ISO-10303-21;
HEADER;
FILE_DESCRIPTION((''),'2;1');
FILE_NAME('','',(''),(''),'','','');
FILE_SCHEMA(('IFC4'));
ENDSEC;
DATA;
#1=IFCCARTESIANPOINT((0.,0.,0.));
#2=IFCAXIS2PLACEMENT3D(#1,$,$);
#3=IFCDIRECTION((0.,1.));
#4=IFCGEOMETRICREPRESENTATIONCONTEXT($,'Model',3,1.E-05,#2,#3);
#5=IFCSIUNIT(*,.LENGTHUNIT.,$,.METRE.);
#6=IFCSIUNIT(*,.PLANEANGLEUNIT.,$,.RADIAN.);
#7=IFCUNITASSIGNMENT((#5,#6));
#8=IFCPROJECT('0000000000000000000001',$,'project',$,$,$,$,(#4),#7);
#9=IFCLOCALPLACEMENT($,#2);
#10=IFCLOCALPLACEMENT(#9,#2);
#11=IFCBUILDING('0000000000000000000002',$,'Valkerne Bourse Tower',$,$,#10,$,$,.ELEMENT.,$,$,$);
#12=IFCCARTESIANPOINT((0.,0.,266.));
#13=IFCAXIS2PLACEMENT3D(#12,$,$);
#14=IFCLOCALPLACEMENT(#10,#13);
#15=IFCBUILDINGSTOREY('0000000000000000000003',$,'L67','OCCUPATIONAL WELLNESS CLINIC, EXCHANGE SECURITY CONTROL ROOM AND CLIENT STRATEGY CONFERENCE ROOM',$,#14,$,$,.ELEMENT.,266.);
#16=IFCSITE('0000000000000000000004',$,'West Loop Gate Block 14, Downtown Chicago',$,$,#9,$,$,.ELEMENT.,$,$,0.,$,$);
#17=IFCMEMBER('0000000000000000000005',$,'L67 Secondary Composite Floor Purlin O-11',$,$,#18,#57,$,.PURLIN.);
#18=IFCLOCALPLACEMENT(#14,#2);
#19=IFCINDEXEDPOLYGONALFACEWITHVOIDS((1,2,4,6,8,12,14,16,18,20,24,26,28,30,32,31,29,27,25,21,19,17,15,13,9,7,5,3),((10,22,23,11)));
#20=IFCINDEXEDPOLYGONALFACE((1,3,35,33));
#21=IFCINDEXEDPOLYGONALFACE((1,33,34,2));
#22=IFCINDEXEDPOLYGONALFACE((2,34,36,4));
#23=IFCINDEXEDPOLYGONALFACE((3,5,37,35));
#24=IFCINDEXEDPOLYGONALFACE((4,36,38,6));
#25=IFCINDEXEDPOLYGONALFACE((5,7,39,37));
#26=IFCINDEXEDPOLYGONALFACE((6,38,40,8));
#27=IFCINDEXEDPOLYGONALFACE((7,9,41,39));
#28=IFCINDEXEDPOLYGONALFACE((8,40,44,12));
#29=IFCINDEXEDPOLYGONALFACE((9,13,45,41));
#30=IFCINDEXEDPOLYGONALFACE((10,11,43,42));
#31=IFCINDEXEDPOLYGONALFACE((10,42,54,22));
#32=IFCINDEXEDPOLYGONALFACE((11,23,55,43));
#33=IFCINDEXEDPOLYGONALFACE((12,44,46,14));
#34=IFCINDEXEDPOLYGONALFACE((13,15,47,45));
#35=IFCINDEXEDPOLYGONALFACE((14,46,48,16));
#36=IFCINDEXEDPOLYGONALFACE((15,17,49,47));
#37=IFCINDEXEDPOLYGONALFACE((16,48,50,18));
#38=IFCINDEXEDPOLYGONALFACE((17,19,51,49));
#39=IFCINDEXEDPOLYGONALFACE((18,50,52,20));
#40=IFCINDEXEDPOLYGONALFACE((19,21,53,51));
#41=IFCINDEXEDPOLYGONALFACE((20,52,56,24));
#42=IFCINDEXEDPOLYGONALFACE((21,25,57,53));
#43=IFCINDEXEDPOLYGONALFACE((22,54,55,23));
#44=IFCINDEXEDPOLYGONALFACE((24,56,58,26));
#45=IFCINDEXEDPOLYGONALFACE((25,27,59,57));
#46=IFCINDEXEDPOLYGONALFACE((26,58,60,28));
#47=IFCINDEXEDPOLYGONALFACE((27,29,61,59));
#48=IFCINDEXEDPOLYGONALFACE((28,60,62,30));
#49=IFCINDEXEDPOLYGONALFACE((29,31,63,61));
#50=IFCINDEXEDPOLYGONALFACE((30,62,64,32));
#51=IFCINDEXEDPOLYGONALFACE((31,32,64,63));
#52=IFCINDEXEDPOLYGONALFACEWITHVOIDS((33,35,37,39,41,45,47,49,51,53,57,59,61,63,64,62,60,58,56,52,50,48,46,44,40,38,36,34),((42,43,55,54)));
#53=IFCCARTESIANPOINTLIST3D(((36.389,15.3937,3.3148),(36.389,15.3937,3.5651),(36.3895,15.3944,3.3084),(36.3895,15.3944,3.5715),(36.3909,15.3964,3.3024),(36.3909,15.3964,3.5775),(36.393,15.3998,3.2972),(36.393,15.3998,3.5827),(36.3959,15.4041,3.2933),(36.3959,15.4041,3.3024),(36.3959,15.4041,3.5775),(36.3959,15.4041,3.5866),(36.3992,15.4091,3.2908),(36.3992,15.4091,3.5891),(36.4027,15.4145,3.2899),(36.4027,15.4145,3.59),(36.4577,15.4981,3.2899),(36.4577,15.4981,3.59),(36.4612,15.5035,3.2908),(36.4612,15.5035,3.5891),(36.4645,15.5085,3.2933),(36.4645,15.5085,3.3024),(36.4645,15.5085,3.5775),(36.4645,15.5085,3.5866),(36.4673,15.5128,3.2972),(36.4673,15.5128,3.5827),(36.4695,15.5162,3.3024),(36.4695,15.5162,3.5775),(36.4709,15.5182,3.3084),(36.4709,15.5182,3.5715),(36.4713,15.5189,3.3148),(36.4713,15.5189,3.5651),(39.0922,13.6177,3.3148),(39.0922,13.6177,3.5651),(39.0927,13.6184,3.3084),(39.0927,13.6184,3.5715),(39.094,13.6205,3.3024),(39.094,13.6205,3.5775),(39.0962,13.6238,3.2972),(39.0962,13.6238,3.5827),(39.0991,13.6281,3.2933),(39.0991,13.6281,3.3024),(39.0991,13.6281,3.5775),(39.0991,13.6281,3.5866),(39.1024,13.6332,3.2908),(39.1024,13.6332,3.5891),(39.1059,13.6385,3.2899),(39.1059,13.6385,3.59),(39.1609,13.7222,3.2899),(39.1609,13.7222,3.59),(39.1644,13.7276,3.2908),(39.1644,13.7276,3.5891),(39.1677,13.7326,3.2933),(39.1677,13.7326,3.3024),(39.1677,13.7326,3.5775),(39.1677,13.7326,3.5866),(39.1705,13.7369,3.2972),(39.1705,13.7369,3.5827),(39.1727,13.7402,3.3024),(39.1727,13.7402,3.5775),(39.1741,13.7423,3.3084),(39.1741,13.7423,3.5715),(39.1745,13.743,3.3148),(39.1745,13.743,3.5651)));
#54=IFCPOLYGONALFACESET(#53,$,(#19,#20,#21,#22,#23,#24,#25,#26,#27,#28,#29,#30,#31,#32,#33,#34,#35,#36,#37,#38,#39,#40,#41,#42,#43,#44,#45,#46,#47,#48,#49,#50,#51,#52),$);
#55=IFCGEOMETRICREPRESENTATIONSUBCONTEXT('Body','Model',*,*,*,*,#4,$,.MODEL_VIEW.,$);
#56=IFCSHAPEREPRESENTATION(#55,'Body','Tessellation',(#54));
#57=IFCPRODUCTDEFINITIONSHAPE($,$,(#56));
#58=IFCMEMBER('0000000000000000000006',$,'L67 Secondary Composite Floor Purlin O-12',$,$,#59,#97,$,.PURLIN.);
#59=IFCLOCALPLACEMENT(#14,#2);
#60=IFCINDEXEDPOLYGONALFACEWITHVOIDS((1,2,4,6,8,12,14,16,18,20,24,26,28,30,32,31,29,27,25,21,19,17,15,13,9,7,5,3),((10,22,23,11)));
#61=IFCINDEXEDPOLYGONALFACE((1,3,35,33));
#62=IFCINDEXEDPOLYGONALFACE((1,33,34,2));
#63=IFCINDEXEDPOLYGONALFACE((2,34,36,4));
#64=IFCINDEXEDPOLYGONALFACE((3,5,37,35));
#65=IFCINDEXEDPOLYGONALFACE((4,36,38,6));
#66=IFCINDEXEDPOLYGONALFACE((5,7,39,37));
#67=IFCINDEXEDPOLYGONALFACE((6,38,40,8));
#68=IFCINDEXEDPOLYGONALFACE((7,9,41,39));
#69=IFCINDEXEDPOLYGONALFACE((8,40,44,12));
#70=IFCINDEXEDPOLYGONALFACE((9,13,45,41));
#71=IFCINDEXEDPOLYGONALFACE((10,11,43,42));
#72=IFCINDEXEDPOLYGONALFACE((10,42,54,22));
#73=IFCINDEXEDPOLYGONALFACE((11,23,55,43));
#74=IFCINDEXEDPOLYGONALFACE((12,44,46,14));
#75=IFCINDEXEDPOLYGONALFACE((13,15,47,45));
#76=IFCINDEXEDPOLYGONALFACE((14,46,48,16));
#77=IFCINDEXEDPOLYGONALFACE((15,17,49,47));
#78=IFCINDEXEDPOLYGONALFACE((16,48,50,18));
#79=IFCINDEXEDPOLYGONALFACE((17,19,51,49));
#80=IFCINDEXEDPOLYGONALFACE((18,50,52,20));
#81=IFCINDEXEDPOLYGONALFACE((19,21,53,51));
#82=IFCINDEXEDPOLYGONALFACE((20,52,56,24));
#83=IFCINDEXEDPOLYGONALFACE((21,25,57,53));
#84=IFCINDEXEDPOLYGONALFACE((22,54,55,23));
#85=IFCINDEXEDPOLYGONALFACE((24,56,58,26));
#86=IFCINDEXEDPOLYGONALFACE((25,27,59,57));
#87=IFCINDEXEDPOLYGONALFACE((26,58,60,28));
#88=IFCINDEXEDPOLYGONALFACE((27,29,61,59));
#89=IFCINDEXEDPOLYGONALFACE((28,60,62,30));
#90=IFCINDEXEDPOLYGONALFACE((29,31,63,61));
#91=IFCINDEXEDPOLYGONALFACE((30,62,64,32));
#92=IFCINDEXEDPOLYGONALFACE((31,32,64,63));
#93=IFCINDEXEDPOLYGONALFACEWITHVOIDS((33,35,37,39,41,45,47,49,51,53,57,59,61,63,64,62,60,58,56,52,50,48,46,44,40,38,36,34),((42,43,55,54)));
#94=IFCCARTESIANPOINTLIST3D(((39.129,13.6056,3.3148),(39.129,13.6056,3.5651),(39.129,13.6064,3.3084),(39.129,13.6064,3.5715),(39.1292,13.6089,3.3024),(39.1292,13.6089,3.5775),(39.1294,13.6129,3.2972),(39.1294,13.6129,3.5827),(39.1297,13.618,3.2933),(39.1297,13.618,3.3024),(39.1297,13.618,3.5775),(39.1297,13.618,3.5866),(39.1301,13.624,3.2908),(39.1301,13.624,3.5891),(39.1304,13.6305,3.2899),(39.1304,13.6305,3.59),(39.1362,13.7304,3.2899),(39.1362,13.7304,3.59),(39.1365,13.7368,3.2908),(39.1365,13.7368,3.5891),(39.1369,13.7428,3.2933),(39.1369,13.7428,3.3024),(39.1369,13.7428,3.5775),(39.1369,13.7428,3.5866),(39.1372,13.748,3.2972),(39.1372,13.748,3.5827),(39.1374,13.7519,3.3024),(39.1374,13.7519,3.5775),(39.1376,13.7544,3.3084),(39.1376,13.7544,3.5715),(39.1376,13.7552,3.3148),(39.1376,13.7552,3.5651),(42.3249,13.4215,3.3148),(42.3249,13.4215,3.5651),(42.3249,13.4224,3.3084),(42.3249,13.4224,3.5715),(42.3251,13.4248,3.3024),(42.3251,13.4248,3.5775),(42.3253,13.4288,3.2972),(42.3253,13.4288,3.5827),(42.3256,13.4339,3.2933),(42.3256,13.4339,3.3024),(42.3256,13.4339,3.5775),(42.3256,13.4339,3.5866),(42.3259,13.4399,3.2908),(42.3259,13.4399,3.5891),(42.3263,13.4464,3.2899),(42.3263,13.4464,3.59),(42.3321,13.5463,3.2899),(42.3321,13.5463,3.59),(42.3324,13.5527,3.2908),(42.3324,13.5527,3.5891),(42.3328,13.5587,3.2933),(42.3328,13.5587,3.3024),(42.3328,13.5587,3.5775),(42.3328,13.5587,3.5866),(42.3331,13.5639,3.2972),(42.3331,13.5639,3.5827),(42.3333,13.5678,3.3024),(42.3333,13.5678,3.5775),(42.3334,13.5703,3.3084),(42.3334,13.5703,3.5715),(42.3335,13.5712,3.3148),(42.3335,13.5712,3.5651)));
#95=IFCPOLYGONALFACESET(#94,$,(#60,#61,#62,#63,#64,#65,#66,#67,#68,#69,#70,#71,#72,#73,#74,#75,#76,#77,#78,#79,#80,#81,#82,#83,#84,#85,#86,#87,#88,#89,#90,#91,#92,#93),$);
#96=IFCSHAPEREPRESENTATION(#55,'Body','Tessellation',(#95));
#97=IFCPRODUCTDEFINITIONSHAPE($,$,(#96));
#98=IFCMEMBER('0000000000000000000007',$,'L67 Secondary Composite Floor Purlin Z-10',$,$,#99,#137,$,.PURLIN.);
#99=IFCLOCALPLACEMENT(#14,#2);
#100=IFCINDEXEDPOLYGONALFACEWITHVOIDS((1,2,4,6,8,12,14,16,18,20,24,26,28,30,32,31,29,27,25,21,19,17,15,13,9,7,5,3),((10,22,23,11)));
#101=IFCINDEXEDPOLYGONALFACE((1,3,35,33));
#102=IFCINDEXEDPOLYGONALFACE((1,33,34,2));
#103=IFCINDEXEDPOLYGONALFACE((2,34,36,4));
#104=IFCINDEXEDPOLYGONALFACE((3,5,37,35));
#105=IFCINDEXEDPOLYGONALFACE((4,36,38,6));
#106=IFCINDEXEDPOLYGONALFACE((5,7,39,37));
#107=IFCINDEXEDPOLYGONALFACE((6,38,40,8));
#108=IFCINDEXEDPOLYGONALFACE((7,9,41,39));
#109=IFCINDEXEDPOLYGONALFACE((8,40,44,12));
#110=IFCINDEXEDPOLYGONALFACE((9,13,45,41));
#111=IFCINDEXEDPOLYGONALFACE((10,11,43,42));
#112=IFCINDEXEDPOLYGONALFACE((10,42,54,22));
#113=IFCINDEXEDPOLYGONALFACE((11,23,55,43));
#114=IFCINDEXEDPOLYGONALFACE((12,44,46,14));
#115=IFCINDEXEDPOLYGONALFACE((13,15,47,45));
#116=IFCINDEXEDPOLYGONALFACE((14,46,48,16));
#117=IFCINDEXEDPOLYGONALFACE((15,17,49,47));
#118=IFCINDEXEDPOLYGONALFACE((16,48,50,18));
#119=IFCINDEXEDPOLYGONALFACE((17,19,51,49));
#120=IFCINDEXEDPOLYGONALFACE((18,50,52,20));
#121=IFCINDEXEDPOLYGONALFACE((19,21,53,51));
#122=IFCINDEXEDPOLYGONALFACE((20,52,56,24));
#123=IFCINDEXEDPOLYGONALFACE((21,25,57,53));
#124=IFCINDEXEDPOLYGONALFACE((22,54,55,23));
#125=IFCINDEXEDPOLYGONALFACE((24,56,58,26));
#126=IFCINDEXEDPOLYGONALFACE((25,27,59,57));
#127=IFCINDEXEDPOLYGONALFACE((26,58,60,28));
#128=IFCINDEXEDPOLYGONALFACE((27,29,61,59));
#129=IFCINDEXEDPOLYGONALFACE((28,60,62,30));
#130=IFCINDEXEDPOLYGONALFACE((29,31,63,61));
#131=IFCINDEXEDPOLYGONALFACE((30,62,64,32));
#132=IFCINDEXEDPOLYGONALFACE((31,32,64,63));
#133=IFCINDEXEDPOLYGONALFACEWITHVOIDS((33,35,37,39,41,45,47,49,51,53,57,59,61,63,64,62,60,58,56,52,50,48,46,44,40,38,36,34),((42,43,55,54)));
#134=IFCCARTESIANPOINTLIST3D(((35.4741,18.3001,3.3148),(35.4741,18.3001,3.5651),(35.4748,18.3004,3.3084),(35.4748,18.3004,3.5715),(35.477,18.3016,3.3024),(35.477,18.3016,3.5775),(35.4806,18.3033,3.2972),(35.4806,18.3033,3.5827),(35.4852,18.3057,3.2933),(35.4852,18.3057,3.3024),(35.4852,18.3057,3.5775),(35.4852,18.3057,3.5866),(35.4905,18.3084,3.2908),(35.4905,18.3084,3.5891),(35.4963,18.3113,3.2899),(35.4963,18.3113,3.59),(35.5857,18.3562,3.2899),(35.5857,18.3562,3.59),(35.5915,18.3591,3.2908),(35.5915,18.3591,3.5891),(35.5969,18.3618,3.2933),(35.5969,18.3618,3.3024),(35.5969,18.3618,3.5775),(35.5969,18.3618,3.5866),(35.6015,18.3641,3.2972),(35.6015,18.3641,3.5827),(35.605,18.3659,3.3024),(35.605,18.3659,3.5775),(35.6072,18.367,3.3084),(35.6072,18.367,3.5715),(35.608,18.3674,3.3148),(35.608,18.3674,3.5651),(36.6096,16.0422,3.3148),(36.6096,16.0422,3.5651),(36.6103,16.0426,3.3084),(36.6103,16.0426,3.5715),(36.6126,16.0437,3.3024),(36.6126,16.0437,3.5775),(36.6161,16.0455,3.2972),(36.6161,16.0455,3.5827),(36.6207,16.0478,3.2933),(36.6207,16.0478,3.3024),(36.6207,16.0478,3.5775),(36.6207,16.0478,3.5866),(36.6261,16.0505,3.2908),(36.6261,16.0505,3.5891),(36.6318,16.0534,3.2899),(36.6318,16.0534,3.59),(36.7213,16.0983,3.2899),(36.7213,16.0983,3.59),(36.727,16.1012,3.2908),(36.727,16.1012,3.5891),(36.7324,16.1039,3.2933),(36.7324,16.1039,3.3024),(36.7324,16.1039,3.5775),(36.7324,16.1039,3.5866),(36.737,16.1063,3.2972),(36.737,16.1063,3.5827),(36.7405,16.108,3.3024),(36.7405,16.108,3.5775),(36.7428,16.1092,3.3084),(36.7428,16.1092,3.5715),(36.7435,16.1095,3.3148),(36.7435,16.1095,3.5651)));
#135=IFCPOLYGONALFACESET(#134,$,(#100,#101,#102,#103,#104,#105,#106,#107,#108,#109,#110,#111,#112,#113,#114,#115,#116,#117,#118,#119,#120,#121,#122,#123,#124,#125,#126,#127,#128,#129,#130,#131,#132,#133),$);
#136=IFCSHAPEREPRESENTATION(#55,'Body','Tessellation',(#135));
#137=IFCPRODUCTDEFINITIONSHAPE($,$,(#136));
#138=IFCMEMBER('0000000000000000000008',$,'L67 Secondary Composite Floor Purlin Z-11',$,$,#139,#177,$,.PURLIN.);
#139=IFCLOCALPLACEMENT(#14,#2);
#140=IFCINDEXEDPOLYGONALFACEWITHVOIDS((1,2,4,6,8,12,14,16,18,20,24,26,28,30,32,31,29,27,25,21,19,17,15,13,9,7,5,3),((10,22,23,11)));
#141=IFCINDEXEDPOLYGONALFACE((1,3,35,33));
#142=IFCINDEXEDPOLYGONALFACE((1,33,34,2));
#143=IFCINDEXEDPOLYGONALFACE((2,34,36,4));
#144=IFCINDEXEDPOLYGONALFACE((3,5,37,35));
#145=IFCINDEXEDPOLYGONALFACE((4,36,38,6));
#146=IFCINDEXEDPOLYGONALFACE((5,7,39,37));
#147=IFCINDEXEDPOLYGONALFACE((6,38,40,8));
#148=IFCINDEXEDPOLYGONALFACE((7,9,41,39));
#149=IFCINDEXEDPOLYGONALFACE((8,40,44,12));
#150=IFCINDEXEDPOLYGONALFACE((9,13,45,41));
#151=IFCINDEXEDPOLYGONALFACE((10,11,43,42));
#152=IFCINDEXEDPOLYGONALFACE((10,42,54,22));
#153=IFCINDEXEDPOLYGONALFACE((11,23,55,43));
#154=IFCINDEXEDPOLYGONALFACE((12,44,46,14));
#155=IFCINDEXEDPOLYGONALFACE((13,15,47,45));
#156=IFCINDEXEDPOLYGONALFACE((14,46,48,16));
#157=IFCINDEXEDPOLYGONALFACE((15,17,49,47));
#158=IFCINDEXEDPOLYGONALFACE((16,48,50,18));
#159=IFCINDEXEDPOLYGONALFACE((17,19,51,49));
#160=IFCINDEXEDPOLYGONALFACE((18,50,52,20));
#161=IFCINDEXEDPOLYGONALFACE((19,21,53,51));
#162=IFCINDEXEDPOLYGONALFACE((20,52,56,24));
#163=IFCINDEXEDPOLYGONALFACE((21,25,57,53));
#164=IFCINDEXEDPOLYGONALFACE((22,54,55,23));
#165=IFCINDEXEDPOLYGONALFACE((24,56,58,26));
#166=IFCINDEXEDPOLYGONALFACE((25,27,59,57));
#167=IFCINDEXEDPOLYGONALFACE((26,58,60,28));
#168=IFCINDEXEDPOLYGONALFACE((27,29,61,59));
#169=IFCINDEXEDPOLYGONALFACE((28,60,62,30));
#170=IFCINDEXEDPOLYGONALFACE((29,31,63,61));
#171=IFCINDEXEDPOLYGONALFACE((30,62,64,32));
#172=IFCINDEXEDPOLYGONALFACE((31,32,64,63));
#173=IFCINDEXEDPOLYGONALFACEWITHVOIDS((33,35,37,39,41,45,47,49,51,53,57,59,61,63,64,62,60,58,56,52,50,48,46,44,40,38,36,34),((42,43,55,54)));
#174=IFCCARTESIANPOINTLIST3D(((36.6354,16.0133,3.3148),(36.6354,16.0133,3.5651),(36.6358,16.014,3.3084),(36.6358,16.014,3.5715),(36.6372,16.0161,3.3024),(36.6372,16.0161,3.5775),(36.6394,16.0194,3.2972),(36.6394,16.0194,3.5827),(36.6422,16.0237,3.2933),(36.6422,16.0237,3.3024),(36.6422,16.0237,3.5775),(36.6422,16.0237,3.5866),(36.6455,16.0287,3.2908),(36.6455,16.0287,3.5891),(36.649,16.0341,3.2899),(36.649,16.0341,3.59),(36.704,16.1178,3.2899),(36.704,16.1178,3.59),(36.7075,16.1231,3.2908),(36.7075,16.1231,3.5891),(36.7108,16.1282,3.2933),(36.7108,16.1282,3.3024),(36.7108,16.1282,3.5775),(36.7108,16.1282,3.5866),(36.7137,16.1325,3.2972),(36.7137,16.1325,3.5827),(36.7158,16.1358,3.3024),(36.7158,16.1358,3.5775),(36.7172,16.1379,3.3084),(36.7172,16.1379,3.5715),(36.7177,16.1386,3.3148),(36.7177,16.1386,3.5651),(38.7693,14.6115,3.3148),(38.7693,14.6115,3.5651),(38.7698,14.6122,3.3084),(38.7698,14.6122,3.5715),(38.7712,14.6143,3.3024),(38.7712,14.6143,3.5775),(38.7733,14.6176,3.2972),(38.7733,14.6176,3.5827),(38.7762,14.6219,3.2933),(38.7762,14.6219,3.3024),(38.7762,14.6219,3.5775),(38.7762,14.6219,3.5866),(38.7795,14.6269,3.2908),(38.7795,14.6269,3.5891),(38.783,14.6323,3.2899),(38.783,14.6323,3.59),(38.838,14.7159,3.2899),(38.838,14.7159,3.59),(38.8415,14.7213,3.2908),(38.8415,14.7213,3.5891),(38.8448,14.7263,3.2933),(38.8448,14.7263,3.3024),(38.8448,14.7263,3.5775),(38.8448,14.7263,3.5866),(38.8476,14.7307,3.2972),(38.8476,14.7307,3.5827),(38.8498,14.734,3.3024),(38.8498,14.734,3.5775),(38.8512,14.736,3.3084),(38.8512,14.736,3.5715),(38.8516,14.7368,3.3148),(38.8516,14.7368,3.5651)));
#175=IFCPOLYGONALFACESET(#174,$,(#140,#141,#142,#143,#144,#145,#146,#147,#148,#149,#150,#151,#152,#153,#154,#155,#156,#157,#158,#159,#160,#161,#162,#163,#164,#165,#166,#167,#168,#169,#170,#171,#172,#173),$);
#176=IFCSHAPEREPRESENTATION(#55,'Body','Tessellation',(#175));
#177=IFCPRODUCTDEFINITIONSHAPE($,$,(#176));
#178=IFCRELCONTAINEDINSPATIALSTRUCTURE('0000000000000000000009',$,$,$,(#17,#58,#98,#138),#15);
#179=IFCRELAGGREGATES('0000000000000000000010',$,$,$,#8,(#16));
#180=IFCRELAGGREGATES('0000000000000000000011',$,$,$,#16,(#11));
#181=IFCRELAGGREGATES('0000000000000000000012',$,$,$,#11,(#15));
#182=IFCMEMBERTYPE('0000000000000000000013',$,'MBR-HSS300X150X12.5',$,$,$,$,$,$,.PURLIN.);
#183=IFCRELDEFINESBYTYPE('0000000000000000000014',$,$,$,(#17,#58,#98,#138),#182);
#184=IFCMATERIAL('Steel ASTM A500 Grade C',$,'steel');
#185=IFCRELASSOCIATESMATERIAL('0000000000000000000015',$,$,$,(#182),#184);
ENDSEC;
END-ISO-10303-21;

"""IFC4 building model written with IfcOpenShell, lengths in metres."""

from ifc_helpers import new_model, si_unit, direction, frame, origin, origin_2d, place, context, subcontext, project, spatial, hollow_rectangle, extrude, material, material_profile, profile_set, type_object, element, save


model = new_model("IFC4")

# Units and contexts
model_context = context("Model", 3, precision=1e-05, world=origin(), true_north=direction((0.0, 1.0)))
body_context = subcontext(model_context, "Body", "Model", "MODEL_VIEW")
ifc_project = project(units=[si_unit("LENGTHUNIT", "METRE"), si_unit("PLANEANGLEUNIT", "RADIAN")], contexts=[model_context])

# Site, building, storey
site_placement = place(None, origin())
site = spatial("IfcSite", under=ifc_project, at=site_placement, Name="West Loop Gate Block 14, Downtown Chicago", CompositionType="ELEMENT", RefElevation=0.0)
building_placement = place(site_placement, origin())
building = spatial("IfcBuilding", under=site, at=building_placement, Name="Valkerne Bourse Tower", CompositionType="ELEMENT")
storey_placement = place(building_placement, frame((0.0, 0.0, 266.0)))
storey = spatial("IfcBuildingStorey", under=building, at=storey_placement, Name="L67", Description="OCCUPATIONAL WELLNESS CLINIC, EXCHANGE SECURITY CONTROL ROOM AND CLIENT STRATEGY CONFERENCE ROOM", CompositionType="ELEMENT", Elevation=266.0)

# Members
ifc_material_1 = material(Name="Steel ASTM A500 Grade C", Category="steel")
ifc_material_profile_1 = material_profile(ifc_material_1, hollow_rectangle(XDim=0.1499, YDim=0.3, WallThickness=0.0125, OuterFilletRadius=0.0249, at=origin_2d()), Name="HSS300X150X12.5")
ifc_profile_set_1 = profile_set([ifc_material_profile_1], Name="Steel ASTM A500 Grade C")
member_type_1 = type_object("IfcMemberType", Name="MBR-HSS300X150X12.5", PredefinedType="PURLIN", material=ifc_profile_set_1)
member_1_placement = place(storey_placement, frame((36.4302, 15.4563, 3.4399), z_axis=(0.835771, -0.549078, 0.0), x_axis=(0.549078, 0.835771, 0.0)))
element("IfcMember", 1, at=member_1_placement, inside=storey, type_object=member_type_1, Name="L67 Secondary Composite Floor Purlin O-11", PredefinedType="PURLIN", context=body_context, shape_type="SweptSolid", body=[
    extrude(hollow_rectangle(XDim=0.1499, YDim=0.3, WallThickness=0.0125, OuterFilletRadius=0.0249, at=origin_2d()), origin(), (0.0, 0.0, 1.0), 3.2344),
])
member_2_placement = place(storey_placement, frame((39.1333, 13.6804, 3.4399), z_axis=(0.998345, -0.057506, 0.0), x_axis=(0.057506, 0.998345, 0.0)))
element("IfcMember", 2, at=member_2_placement, inside=storey, type_object=member_type_1, Name="L67 Secondary Composite Floor Purlin O-12", PredefinedType="PURLIN", context=body_context, shape_type="SweptSolid", body=[
    extrude(hollow_rectangle(XDim=0.1499, YDim=0.3, WallThickness=0.0125, OuterFilletRadius=0.0249, at=origin_2d()), origin(), (0.0, 0.0, 1.0), 3.2012),
])
member_3_placement = place(storey_placement, frame((35.541, 18.3337, 3.4399), z_axis=(0.449299, -0.893381, 0.0), x_axis=(0.893381, 0.449299, 0.0)))
element("IfcMember", 3, at=member_3_placement, inside=storey, type_object=member_type_1, Name="L67 Secondary Composite Floor Purlin Z-10", PredefinedType="PURLIN", context=body_context, shape_type="SweptSolid", body=[
    extrude(hollow_rectangle(XDim=0.1499, YDim=0.3, WallThickness=0.0125, OuterFilletRadius=0.0249, at=origin_2d()), origin(), (0.0, 0.0, 1.0), 2.5273),
])
member_4_placement = place(storey_placement, frame((36.6765, 16.0759, 3.4399), z_axis=(0.835797, -0.549039, 0.0), x_axis=(0.549039, 0.835797, 0.0)))
element("IfcMember", 4, at=member_4_placement, inside=storey, type_object=member_type_1, Name="L67 Secondary Composite Floor Purlin Z-11", PredefinedType="PURLIN", context=body_context, shape_type="SweptSolid", body=[
    extrude(hollow_rectangle(XDim=0.1499, YDim=0.3, WallThickness=0.0125, OuterFilletRadius=0.0249, at=origin_2d()), origin(), (0.0, 0.0, 1.0), 2.5532),
])

save(model, "model.ifc")
